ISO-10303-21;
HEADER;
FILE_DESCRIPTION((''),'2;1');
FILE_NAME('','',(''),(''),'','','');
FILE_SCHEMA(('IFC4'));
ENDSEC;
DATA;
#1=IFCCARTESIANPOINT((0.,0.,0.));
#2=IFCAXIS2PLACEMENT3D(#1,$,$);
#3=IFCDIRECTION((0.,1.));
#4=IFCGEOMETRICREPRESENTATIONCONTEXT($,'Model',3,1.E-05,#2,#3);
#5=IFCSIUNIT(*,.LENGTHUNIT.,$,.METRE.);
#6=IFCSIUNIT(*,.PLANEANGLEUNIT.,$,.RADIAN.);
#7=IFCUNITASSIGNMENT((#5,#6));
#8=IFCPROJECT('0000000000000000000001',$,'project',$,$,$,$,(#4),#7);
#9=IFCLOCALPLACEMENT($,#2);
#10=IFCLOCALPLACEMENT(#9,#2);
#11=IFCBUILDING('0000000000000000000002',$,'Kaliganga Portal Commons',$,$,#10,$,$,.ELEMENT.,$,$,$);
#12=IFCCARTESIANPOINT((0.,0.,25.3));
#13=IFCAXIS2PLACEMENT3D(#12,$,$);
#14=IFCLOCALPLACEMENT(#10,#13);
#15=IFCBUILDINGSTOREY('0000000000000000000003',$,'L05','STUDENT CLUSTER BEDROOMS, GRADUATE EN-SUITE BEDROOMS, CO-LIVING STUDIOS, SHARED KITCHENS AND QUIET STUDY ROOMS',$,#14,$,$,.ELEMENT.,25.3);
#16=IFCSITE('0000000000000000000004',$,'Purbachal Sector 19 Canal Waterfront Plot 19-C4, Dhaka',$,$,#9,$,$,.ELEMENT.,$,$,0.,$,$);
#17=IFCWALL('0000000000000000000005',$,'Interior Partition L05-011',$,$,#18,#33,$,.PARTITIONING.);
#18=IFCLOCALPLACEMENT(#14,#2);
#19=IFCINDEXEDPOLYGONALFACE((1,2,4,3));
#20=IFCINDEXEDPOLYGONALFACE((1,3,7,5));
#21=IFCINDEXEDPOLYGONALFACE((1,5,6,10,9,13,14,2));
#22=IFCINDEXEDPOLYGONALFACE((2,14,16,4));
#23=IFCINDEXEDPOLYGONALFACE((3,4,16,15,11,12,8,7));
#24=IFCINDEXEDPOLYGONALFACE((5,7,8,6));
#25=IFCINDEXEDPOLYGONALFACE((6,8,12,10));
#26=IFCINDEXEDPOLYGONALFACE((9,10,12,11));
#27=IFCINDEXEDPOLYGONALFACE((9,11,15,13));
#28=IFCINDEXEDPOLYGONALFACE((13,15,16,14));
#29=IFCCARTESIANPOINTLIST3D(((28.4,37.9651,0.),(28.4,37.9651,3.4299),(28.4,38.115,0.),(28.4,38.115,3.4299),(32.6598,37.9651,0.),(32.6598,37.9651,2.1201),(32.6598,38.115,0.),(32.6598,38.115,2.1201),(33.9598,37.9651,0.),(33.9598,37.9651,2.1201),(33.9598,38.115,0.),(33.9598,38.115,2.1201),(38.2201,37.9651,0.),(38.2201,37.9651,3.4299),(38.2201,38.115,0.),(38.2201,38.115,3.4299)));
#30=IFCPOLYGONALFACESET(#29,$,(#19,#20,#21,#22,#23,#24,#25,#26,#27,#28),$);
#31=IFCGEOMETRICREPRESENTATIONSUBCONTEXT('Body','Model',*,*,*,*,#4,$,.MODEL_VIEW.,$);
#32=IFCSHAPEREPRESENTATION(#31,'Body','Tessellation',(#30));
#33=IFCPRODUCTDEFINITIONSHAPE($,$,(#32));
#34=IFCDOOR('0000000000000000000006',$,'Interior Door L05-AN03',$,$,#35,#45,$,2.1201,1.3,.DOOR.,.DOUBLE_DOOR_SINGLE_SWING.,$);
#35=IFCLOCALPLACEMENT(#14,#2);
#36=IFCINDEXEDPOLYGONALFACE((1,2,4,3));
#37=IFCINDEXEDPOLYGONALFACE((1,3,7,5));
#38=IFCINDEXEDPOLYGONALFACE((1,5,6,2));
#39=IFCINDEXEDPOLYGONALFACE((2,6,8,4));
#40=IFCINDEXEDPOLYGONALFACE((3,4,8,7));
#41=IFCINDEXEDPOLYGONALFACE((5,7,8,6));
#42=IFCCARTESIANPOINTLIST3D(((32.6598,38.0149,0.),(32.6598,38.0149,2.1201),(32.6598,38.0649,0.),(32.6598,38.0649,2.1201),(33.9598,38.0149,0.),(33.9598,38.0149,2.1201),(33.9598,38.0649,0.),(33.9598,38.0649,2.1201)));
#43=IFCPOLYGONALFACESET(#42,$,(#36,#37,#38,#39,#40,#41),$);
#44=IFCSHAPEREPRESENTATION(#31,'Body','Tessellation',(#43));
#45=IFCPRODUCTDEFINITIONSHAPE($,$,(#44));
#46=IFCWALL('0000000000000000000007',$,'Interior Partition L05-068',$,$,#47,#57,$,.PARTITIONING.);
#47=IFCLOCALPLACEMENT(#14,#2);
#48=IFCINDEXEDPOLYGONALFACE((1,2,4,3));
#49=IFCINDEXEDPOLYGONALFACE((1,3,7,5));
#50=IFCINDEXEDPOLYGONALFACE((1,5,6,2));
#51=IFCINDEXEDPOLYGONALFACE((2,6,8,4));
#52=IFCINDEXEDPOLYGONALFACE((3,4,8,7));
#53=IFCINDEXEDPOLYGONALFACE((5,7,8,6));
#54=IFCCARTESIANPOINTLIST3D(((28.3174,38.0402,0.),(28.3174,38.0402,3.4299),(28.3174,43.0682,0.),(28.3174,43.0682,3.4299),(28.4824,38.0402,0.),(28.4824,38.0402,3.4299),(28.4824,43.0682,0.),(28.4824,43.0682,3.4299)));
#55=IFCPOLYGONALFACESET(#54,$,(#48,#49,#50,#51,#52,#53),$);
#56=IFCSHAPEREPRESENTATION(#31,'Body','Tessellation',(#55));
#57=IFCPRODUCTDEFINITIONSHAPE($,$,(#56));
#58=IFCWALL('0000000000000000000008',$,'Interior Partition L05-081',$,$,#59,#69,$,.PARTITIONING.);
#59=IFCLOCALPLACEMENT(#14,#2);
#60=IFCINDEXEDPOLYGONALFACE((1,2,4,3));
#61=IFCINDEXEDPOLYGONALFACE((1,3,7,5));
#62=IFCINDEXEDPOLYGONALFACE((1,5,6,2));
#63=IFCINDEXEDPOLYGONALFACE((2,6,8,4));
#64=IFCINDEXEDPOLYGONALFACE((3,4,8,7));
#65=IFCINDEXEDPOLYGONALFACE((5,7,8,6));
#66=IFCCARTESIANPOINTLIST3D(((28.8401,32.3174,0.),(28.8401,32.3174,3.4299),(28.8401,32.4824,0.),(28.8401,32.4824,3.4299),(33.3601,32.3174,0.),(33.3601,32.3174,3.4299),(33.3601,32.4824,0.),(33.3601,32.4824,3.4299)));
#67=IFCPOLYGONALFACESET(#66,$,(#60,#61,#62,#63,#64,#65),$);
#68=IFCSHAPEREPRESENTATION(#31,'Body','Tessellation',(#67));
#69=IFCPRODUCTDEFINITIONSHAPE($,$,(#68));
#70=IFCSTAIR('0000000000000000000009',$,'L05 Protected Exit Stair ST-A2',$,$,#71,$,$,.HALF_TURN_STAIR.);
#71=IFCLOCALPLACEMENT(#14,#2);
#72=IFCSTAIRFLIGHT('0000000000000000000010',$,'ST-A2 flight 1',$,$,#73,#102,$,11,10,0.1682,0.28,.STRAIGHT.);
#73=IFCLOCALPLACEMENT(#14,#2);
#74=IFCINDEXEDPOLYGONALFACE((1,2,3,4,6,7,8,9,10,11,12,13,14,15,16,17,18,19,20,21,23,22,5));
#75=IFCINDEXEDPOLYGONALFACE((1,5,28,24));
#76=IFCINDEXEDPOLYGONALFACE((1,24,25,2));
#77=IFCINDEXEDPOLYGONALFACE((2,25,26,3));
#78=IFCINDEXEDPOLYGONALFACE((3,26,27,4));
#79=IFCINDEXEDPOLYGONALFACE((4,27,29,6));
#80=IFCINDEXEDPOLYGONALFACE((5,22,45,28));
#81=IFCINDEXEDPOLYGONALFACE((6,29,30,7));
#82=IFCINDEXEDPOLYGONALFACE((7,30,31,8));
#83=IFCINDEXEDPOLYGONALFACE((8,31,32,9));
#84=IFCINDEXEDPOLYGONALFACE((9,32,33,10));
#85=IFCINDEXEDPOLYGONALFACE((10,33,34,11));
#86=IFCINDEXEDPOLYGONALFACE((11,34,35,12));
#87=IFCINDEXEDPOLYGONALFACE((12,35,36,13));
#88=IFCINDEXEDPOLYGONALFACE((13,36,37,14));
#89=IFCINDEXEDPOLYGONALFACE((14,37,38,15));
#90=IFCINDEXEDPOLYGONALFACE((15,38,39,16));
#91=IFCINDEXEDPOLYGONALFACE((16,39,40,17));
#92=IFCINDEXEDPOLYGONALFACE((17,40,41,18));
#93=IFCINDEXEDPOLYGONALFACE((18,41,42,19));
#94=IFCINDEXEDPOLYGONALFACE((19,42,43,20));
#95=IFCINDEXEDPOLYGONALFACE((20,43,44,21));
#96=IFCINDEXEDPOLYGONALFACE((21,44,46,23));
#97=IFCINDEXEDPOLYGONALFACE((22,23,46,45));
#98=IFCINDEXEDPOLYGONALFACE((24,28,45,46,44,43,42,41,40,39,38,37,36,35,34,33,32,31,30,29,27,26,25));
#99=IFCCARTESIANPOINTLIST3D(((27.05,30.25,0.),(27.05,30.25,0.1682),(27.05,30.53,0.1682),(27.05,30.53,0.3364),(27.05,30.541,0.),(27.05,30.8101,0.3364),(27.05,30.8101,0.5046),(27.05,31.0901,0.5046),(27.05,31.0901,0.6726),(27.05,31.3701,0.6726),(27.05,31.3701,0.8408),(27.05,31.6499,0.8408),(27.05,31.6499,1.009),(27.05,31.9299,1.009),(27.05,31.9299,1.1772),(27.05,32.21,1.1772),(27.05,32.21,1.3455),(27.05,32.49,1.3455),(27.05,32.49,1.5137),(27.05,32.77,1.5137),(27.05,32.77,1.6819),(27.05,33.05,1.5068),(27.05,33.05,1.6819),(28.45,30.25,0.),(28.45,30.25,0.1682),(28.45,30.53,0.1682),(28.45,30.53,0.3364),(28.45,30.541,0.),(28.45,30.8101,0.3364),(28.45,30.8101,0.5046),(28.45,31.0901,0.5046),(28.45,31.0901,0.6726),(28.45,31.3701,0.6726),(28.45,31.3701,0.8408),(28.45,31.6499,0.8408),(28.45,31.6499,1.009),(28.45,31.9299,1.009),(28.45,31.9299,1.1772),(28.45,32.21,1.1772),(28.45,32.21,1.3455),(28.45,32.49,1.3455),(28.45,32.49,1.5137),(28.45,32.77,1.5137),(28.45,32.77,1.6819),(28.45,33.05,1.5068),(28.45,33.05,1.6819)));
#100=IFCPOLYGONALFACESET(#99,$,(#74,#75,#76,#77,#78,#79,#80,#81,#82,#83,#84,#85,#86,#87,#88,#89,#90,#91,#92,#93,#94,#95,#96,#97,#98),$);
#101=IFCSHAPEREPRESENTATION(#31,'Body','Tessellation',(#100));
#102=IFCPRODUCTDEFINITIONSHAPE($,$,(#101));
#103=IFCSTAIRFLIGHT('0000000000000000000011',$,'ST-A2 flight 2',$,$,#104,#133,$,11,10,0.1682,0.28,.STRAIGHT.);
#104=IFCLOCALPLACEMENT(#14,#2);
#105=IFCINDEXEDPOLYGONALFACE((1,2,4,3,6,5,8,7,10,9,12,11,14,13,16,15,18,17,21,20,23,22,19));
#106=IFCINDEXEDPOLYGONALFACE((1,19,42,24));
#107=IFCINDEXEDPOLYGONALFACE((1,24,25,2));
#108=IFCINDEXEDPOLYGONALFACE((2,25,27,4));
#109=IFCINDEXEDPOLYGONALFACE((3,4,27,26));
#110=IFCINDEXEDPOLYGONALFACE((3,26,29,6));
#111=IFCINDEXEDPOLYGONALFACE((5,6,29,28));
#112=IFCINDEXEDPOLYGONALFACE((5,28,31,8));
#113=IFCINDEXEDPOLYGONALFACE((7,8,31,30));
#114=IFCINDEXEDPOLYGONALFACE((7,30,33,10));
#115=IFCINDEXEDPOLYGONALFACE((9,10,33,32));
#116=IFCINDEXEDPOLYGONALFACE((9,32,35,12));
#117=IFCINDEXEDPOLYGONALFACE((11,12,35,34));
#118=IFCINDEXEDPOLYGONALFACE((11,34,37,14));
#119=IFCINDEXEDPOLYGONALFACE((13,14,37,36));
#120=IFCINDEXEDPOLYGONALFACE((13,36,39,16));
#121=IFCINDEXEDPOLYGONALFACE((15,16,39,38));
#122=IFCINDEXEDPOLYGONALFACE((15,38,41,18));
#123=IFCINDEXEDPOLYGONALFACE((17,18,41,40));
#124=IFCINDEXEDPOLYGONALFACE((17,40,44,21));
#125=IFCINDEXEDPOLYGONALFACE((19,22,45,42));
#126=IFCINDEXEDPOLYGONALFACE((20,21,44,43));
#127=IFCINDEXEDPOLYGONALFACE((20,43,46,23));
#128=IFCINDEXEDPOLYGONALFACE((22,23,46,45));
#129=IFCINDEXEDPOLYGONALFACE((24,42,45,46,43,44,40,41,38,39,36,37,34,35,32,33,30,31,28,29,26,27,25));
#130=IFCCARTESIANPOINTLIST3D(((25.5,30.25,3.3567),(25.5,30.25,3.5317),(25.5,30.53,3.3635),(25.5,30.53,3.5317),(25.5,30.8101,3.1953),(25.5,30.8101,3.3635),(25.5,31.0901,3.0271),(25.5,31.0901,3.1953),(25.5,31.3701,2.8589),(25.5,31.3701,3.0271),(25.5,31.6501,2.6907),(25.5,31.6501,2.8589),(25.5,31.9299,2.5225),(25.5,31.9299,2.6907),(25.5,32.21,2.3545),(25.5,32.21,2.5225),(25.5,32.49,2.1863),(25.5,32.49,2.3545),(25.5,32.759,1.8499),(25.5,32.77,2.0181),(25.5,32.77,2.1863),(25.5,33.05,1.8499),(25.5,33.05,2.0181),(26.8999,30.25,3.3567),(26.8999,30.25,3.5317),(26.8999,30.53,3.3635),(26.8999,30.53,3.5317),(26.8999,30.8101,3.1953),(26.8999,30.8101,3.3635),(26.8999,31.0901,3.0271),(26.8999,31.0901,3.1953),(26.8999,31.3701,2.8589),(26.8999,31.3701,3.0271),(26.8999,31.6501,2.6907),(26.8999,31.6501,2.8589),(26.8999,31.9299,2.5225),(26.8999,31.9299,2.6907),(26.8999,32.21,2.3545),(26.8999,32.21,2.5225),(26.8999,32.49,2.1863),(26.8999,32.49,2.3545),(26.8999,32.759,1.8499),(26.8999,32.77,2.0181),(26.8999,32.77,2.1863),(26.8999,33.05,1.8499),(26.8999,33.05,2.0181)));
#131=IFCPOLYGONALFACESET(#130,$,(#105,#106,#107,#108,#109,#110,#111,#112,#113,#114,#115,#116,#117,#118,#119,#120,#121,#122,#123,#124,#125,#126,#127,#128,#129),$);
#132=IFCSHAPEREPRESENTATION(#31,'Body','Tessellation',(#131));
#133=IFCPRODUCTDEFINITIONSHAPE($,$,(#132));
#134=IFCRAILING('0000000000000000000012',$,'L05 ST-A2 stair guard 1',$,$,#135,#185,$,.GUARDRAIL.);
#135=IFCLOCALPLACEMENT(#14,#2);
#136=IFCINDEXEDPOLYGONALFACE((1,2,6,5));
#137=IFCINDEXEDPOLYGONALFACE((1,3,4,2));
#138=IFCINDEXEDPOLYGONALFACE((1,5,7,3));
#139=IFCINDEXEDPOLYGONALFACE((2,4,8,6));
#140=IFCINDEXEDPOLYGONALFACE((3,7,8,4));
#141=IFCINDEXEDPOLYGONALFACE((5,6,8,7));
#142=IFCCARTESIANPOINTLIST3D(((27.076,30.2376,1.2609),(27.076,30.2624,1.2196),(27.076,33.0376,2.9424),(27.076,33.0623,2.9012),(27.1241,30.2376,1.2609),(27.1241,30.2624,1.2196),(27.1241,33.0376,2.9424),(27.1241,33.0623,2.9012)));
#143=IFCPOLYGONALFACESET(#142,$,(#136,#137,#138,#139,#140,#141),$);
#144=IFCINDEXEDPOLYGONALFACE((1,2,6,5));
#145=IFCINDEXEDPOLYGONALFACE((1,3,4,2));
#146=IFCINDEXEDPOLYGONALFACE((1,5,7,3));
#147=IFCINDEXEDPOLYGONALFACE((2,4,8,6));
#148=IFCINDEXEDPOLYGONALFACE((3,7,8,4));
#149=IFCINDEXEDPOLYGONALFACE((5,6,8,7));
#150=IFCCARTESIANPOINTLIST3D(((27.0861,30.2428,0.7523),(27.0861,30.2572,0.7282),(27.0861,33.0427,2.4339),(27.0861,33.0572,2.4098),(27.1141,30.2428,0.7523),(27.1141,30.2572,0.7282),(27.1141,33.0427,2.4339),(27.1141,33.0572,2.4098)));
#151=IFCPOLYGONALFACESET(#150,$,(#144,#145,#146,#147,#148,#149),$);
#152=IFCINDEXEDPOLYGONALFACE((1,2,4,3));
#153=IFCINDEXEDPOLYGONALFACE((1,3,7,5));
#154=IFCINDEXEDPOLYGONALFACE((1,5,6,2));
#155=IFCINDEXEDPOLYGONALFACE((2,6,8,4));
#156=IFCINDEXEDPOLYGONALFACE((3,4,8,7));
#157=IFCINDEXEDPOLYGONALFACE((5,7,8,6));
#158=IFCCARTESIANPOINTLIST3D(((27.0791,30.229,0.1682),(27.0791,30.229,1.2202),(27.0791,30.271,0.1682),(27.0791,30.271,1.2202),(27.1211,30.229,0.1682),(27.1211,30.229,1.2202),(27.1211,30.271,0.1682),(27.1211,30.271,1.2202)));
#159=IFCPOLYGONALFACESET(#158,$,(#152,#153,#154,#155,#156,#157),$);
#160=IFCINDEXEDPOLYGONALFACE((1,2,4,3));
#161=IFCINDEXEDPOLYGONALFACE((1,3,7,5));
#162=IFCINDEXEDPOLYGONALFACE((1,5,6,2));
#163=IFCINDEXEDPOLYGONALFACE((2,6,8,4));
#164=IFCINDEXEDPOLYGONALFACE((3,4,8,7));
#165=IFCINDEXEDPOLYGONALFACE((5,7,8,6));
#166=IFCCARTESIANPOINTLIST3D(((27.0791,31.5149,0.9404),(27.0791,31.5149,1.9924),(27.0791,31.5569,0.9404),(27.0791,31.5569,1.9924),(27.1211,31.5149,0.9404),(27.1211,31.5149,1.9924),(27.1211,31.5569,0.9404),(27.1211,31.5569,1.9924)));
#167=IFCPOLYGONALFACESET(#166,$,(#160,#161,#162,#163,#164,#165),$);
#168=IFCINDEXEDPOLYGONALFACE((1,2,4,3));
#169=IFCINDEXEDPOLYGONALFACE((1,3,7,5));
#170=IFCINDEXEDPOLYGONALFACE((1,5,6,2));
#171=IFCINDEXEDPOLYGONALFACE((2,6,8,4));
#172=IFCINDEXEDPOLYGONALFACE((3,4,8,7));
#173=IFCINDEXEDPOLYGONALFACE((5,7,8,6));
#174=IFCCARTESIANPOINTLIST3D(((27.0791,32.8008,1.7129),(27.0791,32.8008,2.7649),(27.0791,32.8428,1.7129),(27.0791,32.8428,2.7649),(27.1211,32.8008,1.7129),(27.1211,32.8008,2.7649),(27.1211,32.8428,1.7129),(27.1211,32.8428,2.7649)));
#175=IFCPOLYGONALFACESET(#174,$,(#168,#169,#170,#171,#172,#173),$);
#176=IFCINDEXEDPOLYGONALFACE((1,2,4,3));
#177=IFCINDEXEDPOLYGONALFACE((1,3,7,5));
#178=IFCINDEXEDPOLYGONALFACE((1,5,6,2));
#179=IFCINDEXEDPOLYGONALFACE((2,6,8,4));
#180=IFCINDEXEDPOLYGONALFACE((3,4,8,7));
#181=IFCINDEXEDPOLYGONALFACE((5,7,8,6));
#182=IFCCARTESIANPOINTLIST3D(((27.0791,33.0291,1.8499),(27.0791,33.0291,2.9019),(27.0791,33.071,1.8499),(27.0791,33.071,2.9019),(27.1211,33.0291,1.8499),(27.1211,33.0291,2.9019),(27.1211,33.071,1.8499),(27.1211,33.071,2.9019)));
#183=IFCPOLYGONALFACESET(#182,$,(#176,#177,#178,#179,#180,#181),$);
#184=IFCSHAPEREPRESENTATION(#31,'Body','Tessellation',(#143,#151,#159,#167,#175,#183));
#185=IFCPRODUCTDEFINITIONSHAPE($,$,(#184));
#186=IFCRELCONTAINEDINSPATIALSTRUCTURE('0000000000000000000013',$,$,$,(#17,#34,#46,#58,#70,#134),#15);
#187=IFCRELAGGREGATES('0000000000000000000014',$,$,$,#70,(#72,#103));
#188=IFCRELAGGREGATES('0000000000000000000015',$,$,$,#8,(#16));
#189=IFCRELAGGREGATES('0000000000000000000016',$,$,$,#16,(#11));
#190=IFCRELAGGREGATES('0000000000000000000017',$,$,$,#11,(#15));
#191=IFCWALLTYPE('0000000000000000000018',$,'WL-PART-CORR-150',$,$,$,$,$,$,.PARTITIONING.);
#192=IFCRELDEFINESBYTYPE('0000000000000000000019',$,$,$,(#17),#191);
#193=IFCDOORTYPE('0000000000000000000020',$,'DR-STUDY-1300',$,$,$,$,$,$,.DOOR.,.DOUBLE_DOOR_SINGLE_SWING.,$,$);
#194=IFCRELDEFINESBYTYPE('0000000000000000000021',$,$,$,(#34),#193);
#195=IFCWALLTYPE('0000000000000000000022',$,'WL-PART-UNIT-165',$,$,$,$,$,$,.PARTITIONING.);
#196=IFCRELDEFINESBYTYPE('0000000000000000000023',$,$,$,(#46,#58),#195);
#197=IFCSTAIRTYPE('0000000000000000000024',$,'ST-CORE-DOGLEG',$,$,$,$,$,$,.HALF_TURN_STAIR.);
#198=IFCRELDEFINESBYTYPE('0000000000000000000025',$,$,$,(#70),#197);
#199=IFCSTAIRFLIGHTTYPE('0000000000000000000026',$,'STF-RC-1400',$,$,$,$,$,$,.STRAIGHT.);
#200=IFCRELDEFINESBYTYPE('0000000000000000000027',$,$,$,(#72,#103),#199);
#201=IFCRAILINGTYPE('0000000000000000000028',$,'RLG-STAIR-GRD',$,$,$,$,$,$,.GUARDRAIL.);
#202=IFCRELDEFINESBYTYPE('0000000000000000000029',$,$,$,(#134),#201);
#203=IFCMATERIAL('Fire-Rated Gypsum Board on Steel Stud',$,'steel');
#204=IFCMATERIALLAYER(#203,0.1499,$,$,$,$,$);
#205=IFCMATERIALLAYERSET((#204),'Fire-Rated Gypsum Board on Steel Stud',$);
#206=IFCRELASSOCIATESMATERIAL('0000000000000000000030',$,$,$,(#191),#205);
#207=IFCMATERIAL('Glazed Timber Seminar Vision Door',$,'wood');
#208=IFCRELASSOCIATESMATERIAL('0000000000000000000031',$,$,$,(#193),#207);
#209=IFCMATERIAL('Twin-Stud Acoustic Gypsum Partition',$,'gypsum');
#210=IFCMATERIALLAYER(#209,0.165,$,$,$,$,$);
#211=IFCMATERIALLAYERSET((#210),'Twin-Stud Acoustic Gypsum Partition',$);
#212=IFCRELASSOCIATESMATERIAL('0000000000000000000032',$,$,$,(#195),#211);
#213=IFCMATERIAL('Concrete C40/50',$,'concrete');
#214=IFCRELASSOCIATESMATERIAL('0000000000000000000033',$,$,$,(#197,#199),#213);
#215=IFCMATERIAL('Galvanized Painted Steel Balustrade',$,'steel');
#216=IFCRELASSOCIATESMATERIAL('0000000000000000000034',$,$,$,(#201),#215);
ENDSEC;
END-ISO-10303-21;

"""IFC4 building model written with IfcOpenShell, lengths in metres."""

from ifc_helpers import new_model, si_unit, direction, frame, frame_2d, origin, origin_2d, place, context, subcontext, project, spatial, polyline, rectangle, outline, extrude, material, layer, layer_set, type_object, element, fill, aggregate, save


model = new_model("IFC4")

# Units and contexts
model_context = context("Model", 3, precision=1e-05, world=origin(), true_north=direction((0.0, 1.0)))
body_context = subcontext(model_context, "Body", "Model", "MODEL_VIEW")
ifc_project = project(units=[si_unit("LENGTHUNIT", "METRE"), si_unit("PLANEANGLEUNIT", "RADIAN")], contexts=[model_context])

# Site, building, storey
site_placement = place(None, origin())
site = spatial("IfcSite", under=ifc_project, at=site_placement, Name="Purbachal Sector 19 Canal Waterfront Plot 19-C4, Dhaka", CompositionType="ELEMENT", RefElevation=0.0)
building_placement = place(site_placement, origin())
building = spatial("IfcBuilding", under=site, at=building_placement, Name="Kaliganga Portal Commons", CompositionType="ELEMENT")
storey_placement = place(building_placement, frame((0.0, 0.0, 25.3)))
storey = spatial("IfcBuildingStorey", under=building, at=storey_placement, Name="L05", Description="STUDENT CLUSTER BEDROOMS, GRADUATE EN-SUITE BEDROOMS, CO-LIVING STUDIOS, SHARED KITCHENS AND QUIET STUDY ROOMS", CompositionType="ELEMENT", Elevation=25.3)

# Wall, opening, door
ifc_material_1 = material(Name="Fire-Rated Gypsum Board on Steel Stud", Category="steel")
ifc_layer_1 = layer(ifc_material_1, 0.1499)
ifc_layer_set_1 = layer_set([ifc_layer_1], Name="Fire-Rated Gypsum Board on Steel Stud")
wall_type_1 = type_object("IfcWallType", Name="WL-PART-CORR-150", PredefinedType="PARTITIONING", material=ifc_layer_set_1)
wall_1_placement = place(storey_placement, frame((28.3999, 38.04, 0.0), z_axis=(0.0, 0.0, 1.0), x_axis=(1.0, 0.0, 0.0)))
wall_1 = element("IfcWall", 1, at=wall_1_placement, inside=storey, type_object=wall_type_1, Name="Interior Partition L05-011", PredefinedType="PARTITIONING", context=body_context, shape_type="SweptSolid", body=[
    extrude(rectangle(XDim=9.8201, YDim=0.1499, at=frame_2d((4.9102, 0.0))), origin(), (0.0, 0.0, 1.0), 3.4299),
])
opening_1_placement = place(wall_1_placement, frame((4.26, 0.0, 0.0)))
opening_1 = element("IfcOpeningElement", 2, at=opening_1_placement, cuts=wall_1, PredefinedType="OPENING", context=body_context, shape_type="SweptSolid", body=[
    extrude(rectangle(XDim=1.3, YDim=2.1201, at=frame_2d((0.6499, 1.0601))), frame((0.0, 0.085, 0.0), z_axis=(0.0, -1.0, 0.0), x_axis=(1.0, 0.0, 0.0)), (0.0, 0.0, 1.0), 0.1699),
])
ifc_material_2 = material(Name="Glazed Timber Seminar Vision Door", Category="wood")
door_type = type_object("IfcDoorType", Name="DR-STUDY-1300", OperationType="DOUBLE_DOOR_SINGLE_SWING", PredefinedType="DOOR", material=ifc_material_2)
door_1_placement = place(opening_1_placement, origin())
door_1 = element("IfcDoor", 3, at=door_1_placement, inside=storey, type_object=door_type, Name="Interior Door L05-AN03", OperationType="DOUBLE_DOOR_SINGLE_SWING", OverallHeight=2.1201, OverallWidth=1.3, PredefinedType="DOOR", context=body_context, shape_type="SweptSolid", body=[
    extrude(rectangle(XDim=1.3, YDim=2.1201, at=frame_2d((0.6499, 1.0601))), frame((0.0, 0.0249, 0.0), z_axis=(0.0, -1.0, 0.0), x_axis=(1.0, 0.0, 0.0)), (0.0, 0.0, 1.0), 0.05),
])
fill(opening_1, door_1)

# Walls
ifc_material_3 = material(Name="Twin-Stud Acoustic Gypsum Partition", Category="gypsum")
ifc_layer_2 = layer(ifc_material_3, 0.165)
ifc_layer_set_2 = layer_set([ifc_layer_2], Name="Twin-Stud Acoustic Gypsum Partition")
wall_type_2 = type_object("IfcWallType", Name="WL-PART-UNIT-165", PredefinedType="PARTITIONING", material=ifc_layer_set_2)
wall_2_placement = place(storey_placement, frame((28.3999, 38.04, 0.0), z_axis=(0.0, 0.0, 1.0), x_axis=(0.0, 1.0, 0.0)))
element("IfcWall", 4, at=wall_2_placement, inside=storey, type_object=wall_type_2, Name="Interior Partition L05-068", PredefinedType="PARTITIONING", context=body_context, shape_type="SweptSolid", body=[
    extrude(rectangle(XDim=5.0281, YDim=0.165, at=frame_2d((2.5142, 0.0))), origin(), (0.0, 0.0, 1.0), 3.4299),
])
wall_3_placement = place(storey_placement, frame((28.8401, 32.3999, 0.0), z_axis=(0.0, 0.0, 1.0), x_axis=(1.0, 0.0, 0.0)))
element("IfcWall", 5, at=wall_3_placement, inside=storey, type_object=wall_type_2, Name="Interior Partition L05-081", PredefinedType="PARTITIONING", context=body_context, shape_type="SweptSolid", body=[
    extrude(rectangle(XDim=4.52, YDim=0.165, at=frame_2d((2.26, 0.0))), origin(), (0.0, 0.0, 1.0), 3.4299),
])

# Stair, stair flights
ifc_material_4 = material(Name="Concrete C40/50", Category="concrete")
stair_type = type_object("IfcStairType", Name="ST-CORE-DOGLEG", PredefinedType="HALF_TURN_STAIR", material=ifc_material_4)
stair_placement = place(storey_placement, origin())
stair = element("IfcStair", 6, at=stair_placement, inside=storey, type_object=stair_type, Name="L05 Protected Exit Stair ST-A2", PredefinedType="HALF_TURN_STAIR")
stair_flight_type = type_object("IfcStairFlightType", Name="STF-RC-1400", PredefinedType="STRAIGHT", material=ifc_material_4)
stair_flight_1_placement = place(storey_placement, frame((27.75, 30.25, 0.0), z_axis=(0.0, 0.0, 1.0), x_axis=(0.0, 1.0, 0.0)))
stair_flight_1 = element("IfcStairFlight", 7, at=stair_flight_1_placement, type_object=stair_flight_type, Name="ST-A2 flight 1", NumberOfRisers=11, NumberOfTreads=10, PredefinedType="STRAIGHT", RiserHeight=0.1682, TreadLength=0.28, context=body_context, shape_type="SweptSolid", body=[
    extrude(outline(polyline([(0.0, 0.0), (0.0, 0.1682), (0.28, 0.1682), (0.28, 0.3364), (0.5601, 0.3364), (0.5601, 0.5046), (0.8401, 0.5046), (0.8401, 0.6726), (1.1201, 0.6726), (1.1201, 0.8408), (1.3999, 0.8408), (1.3999, 1.009), (1.6799, 1.009), (1.6799, 1.1772), (1.96, 1.1772), (1.96, 1.3455), (2.24, 1.3455), (2.24, 1.5137), (2.52, 1.5137), (2.52, 1.6819), (2.8, 1.6819), (2.8, 1.8501), (2.8, 1.5068), (0.291, 0.0), (0.0, 0.0)])), frame((0.0, 0.7, 0.0), z_axis=(0.0, -1.0, 0.0), x_axis=(1.0, 0.0, 0.0)), (0.0, 0.0, 1.0), 1.3999),
])
stair_flight_2_placement = place(storey_placement, frame((26.2, 33.05, 1.8499), z_axis=(0.0, 0.0, 1.0), x_axis=(0.0, -1.0, 0.0)))
stair_flight_2 = element("IfcStairFlight", 8, at=stair_flight_2_placement, type_object=stair_flight_type, Name="ST-A2 flight 2", NumberOfRisers=11, NumberOfTreads=10, PredefinedType="STRAIGHT", RiserHeight=0.1682, TreadLength=0.28, context=body_context, shape_type="SweptSolid", body=[
    extrude(outline(polyline([(0.0, 0.0), (0.0, 0.1682), (0.28, 0.1682), (0.28, 0.3364), (0.5601, 0.3364), (0.5601, 0.5046), (0.8401, 0.5046), (0.8401, 0.6726), (1.1201, 0.6726), (1.1201, 0.8408), (1.3999, 0.8408), (1.3999, 1.009), (1.6799, 1.009), (1.6799, 1.1772), (1.96, 1.1772), (1.96, 1.3455), (2.24, 1.3455), (2.24, 1.5137), (2.52, 1.5137), (2.52, 1.6819), (2.8, 1.6819), (2.8, 1.8501), (2.8, 1.5068), (0.291, 0.0), (0.0, 0.0)])), frame((0.0, 0.7, 0.0), z_axis=(0.0, -1.0, 0.0), x_axis=(1.0, 0.0, 0.0)), (0.0, 0.0, 1.0), 1.3999),
])
aggregate(stair, [stair_flight_1, stair_flight_2])

# Railing
ifc_material_5 = material(Name="Galvanized Painted Steel Balustrade", Category="steel")
railing_type_1 = type_object("IfcRailingType", Name="RLG-STAIR-GRD", PredefinedType="GUARDRAIL", material=ifc_material_5)
railing_1_placement = place(storey_placement, frame((27.1001, 30.25, 0.1682)))
element("IfcRailing", 9, at=railing_1_placement, inside=storey, type_object=railing_type_1, Name="L05 ST-A2 stair guard 1", PredefinedType="GUARDRAIL", context=body_context, shape_type="SweptSolid", body=[
    extrude(rectangle(XDim=0.0481, YDim=0.0481, at=origin_2d()), frame((0.0, 0.0, 1.072), z_axis=(0.0, 0.857275, 0.514858), x_axis=(-1.0, 0.0, 0.0)), (0.0, 0.0, 1.0), 3.2661),
    extrude(rectangle(XDim=0.0281, YDim=0.0281, at=origin_2d()), frame((0.0, 0.0, 0.572), z_axis=(0.0, 0.857275, 0.514858), x_axis=(-1.0, 0.0, 0.0)), (0.0, 0.0, 1.0), 3.2661),
    extrude(rectangle(XDim=0.042, YDim=0.042, at=origin_2d()), origin(), (0.0, 0.0, 1.0), 1.052),
    extrude(rectangle(XDim=0.042, YDim=0.042, at=origin_2d()), frame((0.0, 1.2859, 0.7722)), (0.0, 0.0, 1.0), 1.052),
    extrude(rectangle(XDim=0.042, YDim=0.042, at=origin_2d()), frame((0.0, 2.5718, 1.5447)), (0.0, 0.0, 1.0), 1.052),
    extrude(rectangle(XDim=0.042, YDim=0.042, at=origin_2d()), frame((0.0, 2.8, 1.6816)), (0.0, 0.0, 1.0), 1.052),
])

save(model, "model.ifc")
